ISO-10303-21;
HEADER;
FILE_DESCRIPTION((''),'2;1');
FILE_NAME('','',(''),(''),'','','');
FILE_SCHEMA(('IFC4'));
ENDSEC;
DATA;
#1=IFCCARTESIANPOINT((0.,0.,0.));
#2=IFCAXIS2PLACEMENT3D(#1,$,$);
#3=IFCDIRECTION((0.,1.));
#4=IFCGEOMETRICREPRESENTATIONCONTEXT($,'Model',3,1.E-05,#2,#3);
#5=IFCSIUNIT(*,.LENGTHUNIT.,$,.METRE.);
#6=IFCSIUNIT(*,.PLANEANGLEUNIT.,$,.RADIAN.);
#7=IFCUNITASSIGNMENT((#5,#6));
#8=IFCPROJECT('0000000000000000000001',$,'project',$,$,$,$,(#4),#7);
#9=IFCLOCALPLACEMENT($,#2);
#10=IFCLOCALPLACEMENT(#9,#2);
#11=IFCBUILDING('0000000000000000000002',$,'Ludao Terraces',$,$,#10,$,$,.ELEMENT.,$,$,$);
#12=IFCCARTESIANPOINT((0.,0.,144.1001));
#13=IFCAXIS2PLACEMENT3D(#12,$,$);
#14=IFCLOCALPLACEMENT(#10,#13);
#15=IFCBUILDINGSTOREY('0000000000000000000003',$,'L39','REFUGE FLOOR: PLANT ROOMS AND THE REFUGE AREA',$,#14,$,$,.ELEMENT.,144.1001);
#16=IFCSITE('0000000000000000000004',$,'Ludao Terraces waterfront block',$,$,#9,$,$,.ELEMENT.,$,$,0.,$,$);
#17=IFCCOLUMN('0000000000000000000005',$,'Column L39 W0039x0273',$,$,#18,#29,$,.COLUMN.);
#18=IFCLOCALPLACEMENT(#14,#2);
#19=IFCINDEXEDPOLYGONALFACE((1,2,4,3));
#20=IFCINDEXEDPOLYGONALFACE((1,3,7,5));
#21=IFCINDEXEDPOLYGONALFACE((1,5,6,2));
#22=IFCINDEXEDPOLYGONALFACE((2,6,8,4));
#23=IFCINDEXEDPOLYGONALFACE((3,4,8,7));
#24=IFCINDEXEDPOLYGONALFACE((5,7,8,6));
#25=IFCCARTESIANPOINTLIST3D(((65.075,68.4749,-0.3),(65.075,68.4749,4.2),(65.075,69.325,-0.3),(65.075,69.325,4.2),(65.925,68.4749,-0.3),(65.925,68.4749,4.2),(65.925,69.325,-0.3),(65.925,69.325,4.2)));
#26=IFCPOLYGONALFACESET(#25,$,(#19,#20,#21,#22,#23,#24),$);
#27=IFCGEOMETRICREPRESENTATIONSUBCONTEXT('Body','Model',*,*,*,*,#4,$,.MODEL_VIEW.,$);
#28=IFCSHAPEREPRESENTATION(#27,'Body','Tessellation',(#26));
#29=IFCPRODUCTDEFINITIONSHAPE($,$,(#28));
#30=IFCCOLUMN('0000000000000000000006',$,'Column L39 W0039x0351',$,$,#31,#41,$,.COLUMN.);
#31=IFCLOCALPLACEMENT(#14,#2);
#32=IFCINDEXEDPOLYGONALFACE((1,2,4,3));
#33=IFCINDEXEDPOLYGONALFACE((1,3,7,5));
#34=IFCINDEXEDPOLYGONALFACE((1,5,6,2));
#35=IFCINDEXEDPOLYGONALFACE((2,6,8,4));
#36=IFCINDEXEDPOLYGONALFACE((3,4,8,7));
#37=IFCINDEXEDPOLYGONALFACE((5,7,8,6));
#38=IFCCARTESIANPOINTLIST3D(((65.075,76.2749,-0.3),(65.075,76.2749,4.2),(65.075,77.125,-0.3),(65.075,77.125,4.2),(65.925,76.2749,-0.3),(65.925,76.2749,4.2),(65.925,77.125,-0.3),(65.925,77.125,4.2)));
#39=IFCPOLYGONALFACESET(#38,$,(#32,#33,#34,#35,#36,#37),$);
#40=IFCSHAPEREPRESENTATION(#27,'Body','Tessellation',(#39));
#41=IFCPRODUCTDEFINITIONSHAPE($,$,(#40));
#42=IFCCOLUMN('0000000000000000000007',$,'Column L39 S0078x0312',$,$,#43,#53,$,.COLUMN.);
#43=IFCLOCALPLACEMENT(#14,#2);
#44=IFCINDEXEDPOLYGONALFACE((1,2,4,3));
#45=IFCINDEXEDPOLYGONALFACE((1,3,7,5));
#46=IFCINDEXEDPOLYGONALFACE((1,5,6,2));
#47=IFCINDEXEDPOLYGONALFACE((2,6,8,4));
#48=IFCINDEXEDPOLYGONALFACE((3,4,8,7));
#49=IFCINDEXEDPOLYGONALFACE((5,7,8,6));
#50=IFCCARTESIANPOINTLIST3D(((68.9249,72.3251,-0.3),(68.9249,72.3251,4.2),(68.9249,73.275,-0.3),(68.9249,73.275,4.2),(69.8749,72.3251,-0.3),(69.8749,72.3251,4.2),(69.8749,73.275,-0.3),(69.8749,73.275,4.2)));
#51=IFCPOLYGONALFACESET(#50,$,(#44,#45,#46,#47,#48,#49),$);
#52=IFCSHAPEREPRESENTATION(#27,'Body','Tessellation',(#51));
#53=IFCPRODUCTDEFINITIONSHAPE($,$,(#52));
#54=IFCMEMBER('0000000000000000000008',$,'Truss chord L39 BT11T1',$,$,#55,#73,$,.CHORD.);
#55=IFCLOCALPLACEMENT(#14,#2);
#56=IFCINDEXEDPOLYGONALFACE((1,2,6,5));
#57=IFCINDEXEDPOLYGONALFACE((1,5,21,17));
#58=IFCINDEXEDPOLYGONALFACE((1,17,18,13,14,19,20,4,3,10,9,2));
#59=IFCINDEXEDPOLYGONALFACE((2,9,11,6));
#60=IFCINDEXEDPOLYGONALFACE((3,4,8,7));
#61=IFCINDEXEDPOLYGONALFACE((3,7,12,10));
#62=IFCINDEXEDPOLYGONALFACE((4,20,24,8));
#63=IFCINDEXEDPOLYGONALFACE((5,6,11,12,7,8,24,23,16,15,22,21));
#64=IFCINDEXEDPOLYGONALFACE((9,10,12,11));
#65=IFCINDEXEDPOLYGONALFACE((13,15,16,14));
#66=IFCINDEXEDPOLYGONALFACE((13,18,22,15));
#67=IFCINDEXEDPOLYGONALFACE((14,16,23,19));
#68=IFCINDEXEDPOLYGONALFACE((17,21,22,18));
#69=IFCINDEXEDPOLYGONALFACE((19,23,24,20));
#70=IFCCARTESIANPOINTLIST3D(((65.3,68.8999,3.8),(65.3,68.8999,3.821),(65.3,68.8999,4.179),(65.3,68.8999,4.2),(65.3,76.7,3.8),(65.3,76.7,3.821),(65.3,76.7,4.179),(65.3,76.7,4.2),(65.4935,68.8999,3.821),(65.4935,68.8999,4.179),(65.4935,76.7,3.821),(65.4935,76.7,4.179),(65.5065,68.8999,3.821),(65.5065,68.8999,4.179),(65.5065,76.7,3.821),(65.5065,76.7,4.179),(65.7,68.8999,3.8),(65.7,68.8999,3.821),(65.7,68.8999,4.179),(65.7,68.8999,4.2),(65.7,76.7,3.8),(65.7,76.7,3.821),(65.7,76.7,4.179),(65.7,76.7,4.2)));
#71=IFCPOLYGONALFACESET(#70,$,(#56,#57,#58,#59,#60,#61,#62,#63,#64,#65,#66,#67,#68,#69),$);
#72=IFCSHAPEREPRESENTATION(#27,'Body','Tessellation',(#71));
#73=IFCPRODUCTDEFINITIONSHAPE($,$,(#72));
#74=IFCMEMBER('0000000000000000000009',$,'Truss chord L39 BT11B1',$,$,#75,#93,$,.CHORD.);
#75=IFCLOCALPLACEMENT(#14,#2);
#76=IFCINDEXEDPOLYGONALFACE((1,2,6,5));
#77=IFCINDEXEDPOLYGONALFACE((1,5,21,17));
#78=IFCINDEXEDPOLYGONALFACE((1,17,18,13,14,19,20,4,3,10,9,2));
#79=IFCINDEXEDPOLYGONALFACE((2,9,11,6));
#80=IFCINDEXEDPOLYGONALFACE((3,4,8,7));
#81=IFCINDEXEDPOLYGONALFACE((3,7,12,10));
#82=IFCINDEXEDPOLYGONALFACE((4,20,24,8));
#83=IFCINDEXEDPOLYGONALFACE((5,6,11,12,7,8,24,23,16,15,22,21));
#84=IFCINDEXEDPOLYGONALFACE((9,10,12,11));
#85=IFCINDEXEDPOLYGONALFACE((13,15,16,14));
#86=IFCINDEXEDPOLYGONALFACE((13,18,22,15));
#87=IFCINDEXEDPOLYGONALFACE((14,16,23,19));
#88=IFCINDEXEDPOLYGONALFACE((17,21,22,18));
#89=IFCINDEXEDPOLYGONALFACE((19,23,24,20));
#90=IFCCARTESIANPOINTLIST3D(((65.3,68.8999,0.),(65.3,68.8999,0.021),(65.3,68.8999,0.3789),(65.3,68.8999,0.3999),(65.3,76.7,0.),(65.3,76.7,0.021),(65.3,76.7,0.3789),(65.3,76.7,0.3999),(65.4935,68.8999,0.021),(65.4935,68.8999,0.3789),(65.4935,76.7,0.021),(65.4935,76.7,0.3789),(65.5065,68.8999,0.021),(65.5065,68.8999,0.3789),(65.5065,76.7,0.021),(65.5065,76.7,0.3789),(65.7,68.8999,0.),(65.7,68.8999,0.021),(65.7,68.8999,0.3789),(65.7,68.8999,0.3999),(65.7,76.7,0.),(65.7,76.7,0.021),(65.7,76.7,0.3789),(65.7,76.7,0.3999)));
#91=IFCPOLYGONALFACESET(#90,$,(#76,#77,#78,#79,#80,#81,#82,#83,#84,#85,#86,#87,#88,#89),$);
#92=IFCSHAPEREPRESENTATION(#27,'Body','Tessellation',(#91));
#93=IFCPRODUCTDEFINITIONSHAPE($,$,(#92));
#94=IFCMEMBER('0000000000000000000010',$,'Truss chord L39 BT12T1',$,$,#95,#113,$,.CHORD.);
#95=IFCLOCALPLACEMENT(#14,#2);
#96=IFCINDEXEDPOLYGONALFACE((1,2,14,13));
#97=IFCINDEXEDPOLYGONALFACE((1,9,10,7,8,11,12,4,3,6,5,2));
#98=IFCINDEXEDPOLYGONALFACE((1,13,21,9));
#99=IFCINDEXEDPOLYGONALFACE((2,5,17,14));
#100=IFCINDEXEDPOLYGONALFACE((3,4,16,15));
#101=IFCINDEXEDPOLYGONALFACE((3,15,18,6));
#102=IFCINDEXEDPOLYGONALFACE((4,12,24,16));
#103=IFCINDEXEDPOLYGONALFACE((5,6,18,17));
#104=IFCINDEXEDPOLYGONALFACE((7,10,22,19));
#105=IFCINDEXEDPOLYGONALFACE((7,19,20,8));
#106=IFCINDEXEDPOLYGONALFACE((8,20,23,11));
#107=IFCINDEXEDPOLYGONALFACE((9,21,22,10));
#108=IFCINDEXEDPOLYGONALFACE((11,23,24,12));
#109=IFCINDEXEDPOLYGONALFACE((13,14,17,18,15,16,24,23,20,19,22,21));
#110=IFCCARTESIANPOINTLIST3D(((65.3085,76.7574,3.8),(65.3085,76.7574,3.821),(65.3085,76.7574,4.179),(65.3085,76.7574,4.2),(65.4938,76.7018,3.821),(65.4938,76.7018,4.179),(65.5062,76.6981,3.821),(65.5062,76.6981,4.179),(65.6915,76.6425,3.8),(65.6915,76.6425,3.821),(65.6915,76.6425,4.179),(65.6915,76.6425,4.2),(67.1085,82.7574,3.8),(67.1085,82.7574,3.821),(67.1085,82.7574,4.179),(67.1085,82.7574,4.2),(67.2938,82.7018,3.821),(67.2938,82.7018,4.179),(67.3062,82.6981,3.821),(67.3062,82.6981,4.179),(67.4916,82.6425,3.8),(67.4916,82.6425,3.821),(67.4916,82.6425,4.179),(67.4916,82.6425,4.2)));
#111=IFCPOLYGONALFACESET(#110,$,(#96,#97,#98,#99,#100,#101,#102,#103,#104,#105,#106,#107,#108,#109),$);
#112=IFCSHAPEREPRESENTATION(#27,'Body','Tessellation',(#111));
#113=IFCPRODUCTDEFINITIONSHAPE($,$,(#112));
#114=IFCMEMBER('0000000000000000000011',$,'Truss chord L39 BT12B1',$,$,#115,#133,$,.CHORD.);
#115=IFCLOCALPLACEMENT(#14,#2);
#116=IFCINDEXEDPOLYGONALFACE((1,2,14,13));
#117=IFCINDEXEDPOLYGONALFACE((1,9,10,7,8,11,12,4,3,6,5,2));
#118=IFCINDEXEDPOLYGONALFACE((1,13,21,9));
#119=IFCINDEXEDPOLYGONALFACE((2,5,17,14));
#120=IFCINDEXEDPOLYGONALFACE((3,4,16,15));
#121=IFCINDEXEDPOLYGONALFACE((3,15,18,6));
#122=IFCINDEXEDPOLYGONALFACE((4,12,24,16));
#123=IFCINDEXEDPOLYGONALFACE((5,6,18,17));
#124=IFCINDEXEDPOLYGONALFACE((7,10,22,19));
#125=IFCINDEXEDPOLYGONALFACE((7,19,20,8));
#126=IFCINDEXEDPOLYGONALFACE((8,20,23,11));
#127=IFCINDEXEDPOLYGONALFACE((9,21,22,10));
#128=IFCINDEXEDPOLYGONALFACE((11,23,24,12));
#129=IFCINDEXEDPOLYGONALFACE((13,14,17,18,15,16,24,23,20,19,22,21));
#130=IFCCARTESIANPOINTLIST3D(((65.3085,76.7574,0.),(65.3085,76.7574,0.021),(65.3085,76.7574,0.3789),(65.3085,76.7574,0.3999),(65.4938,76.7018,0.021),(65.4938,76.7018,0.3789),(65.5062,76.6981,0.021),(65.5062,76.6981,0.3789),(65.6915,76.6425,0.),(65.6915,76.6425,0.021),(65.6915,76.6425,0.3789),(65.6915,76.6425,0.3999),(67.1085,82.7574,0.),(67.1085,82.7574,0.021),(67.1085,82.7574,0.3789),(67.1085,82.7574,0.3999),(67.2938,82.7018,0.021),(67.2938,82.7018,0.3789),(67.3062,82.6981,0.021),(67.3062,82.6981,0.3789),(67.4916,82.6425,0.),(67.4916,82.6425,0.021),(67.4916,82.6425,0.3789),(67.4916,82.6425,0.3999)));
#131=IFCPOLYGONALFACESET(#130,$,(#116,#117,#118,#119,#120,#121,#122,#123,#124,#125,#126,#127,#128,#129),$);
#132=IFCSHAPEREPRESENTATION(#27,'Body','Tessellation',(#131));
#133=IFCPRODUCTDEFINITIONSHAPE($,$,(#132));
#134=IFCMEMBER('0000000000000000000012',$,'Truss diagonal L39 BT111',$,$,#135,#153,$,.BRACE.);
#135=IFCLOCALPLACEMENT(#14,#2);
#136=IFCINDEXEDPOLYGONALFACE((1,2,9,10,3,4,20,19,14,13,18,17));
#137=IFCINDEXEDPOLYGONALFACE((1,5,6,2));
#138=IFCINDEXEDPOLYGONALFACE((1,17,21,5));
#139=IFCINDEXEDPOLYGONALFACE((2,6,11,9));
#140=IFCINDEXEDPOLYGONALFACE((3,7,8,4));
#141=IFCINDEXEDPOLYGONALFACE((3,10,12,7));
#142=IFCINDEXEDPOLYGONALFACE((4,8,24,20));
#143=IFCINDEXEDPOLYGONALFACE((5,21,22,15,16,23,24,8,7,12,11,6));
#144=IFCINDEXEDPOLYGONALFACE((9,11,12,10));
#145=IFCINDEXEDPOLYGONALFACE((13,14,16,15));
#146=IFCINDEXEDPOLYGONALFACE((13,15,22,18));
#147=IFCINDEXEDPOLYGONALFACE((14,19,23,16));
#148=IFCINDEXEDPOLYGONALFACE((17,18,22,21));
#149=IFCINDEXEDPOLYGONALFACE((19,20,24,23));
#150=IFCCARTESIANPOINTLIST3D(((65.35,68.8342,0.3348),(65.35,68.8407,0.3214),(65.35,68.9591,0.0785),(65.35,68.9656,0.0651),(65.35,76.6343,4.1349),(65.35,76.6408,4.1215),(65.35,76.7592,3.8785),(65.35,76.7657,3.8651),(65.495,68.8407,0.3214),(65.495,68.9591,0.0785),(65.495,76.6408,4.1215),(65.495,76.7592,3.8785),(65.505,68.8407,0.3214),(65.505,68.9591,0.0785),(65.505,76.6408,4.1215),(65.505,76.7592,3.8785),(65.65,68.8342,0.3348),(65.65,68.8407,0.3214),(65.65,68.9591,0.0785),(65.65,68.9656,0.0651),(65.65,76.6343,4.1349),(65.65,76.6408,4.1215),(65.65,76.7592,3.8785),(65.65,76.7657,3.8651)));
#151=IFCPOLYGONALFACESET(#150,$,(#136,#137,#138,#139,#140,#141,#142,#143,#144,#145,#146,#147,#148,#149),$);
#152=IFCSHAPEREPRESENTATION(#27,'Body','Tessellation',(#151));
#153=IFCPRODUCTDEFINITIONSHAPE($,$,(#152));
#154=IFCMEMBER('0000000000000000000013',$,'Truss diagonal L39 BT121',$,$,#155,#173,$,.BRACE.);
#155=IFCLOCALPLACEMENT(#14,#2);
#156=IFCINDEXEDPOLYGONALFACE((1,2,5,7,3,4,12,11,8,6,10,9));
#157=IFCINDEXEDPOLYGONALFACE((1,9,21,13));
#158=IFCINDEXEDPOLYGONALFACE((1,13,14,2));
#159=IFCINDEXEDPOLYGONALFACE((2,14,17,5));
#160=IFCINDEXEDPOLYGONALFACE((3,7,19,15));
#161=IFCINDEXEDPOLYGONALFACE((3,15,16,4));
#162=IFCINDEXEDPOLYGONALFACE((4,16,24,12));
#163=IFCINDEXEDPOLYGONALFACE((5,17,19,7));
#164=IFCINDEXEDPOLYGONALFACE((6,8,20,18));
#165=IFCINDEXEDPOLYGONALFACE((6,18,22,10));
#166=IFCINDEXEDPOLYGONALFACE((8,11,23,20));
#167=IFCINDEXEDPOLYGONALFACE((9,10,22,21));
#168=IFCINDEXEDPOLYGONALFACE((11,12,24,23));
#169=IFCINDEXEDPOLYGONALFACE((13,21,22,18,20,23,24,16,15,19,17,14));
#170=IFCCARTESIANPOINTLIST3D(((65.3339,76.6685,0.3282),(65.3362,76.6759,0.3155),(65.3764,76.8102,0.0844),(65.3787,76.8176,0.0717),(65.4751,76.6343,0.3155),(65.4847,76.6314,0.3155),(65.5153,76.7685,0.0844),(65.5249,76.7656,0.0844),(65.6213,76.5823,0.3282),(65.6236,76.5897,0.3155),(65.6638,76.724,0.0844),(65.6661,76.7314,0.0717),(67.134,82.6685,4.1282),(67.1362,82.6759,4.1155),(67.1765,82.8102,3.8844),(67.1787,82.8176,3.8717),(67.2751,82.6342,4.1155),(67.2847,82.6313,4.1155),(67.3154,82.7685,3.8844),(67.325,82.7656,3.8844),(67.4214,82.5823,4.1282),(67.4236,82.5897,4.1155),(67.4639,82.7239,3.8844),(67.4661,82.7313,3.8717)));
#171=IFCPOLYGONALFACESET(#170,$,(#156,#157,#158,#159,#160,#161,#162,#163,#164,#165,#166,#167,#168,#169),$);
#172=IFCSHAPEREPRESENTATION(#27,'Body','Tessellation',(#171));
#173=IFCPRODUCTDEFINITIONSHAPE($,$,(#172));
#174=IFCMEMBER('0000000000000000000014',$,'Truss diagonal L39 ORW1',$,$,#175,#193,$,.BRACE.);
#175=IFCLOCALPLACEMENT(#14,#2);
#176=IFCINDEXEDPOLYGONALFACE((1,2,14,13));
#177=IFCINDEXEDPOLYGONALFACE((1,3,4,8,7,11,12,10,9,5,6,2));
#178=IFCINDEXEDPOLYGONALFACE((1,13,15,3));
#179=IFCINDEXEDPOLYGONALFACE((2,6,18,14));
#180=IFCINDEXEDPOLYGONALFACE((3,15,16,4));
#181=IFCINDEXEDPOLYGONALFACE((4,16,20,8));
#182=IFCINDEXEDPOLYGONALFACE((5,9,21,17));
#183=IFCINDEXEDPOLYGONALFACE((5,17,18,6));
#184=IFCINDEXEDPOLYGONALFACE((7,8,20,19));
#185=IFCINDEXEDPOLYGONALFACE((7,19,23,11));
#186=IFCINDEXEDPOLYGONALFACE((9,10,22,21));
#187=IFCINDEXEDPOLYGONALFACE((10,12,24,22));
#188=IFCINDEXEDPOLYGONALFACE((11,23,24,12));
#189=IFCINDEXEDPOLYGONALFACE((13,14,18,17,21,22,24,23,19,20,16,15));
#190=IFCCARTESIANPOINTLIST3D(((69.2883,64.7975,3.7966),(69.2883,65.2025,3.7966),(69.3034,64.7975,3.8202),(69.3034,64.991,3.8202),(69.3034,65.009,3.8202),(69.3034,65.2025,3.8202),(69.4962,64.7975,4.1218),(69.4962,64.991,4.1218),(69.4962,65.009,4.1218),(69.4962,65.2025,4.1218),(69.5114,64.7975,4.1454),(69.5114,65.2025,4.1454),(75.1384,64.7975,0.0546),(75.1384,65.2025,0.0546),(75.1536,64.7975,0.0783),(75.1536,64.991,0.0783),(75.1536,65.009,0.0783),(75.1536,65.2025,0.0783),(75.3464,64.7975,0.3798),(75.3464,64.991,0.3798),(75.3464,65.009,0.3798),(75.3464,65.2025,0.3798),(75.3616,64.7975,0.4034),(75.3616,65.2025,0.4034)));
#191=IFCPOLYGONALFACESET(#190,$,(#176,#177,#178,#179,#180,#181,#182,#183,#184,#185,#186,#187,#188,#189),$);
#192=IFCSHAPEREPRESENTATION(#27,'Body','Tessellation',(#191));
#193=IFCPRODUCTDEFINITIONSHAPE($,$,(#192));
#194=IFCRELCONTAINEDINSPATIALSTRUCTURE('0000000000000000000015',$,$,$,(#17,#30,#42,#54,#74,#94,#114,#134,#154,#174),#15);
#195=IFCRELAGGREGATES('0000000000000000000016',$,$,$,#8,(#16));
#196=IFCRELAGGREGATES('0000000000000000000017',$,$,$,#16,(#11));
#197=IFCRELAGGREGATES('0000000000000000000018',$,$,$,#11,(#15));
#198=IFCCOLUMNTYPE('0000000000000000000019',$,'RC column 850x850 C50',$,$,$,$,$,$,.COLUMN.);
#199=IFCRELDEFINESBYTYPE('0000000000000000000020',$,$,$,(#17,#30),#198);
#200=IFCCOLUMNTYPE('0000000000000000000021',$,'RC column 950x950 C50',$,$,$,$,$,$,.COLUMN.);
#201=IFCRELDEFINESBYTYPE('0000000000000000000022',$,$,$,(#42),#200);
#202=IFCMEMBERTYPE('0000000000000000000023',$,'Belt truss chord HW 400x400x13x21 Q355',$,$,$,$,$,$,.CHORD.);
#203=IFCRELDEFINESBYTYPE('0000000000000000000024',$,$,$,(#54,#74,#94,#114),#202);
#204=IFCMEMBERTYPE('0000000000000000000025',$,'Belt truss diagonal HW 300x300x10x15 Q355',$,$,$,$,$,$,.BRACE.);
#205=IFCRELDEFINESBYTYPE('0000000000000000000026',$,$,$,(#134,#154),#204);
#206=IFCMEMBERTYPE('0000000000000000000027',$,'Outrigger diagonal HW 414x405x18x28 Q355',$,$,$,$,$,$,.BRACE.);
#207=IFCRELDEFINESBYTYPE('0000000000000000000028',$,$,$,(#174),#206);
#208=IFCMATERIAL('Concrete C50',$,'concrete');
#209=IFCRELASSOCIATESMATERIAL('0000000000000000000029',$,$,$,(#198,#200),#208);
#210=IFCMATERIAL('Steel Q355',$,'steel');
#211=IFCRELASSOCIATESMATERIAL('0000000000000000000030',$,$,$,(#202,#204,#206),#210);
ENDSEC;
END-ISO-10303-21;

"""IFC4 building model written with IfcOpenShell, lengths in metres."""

from ifc_helpers import new_model, si_unit, direction, frame, origin, origin_2d, place, context, subcontext, project, spatial, rectangle, i_section, extrude, material, material_profile, profile_set, type_object, element, save


model = new_model("IFC4")

# Units and contexts
model_context = context("Model", 3, precision=1e-05, world=origin(), true_north=direction((0.0, 1.0)))
body_context = subcontext(model_context, "Body", "Model", "MODEL_VIEW")
ifc_project = project(units=[si_unit("LENGTHUNIT", "METRE"), si_unit("PLANEANGLEUNIT", "RADIAN")], contexts=[model_context])

# Site, building, storey
site_placement = place(None, origin())
site = spatial("IfcSite", under=ifc_project, at=site_placement, Name="Ludao Terraces waterfront block", CompositionType="ELEMENT", RefElevation=0.0)
building_placement = place(site_placement, origin())
building = spatial("IfcBuilding", under=site, at=building_placement, Name="Ludao Terraces", CompositionType="ELEMENT")
storey_placement = place(building_placement, frame((0.0, 0.0, 144.1001)))
storey = spatial("IfcBuildingStorey", under=building, at=storey_placement, Name="L39", Description="REFUGE FLOOR: PLANT ROOMS AND THE REFUGE AREA", CompositionType="ELEMENT", Elevation=144.1001)

# Columns
ifc_material_1 = material(Name="Concrete C50", Category="concrete")
ifc_material_profile_1 = material_profile(ifc_material_1, rectangle(XDim=0.8501, YDim=0.8501, at=origin_2d()), Name="850 X 850")
ifc_profile_set_1 = profile_set([ifc_material_profile_1], Name="Concrete C50")
column_type_1 = type_object("IfcColumnType", Name="RC column 850x850 C50", PredefinedType="COLUMN", material=ifc_profile_set_1)
for number, where, z_axis, x_axis, name in (
    (1, (65.5, 68.8999, -0.3), (0.0, 0.0, 1.0), (1.0, 0.0, 0.0), "Column L39 W0039x0273"),
    (2, (65.5, 76.7, -0.3), (0.0, 0.0, 1.0), (1.0, 0.0, 0.0), "Column L39 W0039x0351"),
):
    element("IfcColumn", number, at=place(storey_placement, frame(where, z_axis=z_axis, x_axis=x_axis)), inside=storey, type_object=column_type_1, Name=name, PredefinedType="COLUMN", context=body_context, shape_type="SweptSolid", body=[
        extrude(rectangle(XDim=0.8501, YDim=0.8501, at=origin_2d()), origin(), (0.0, 0.0, 1.0), 4.5),
    ])
ifc_material_profile_2 = material_profile(ifc_material_1, rectangle(XDim=0.95, YDim=0.95, at=origin_2d()), Name="950 X 950")
ifc_profile_set_2 = profile_set([ifc_material_profile_2], Name="Concrete C50")
column_type_2 = type_object("IfcColumnType", Name="RC column 950x950 C50", PredefinedType="COLUMN", material=ifc_profile_set_2)
column_placement = place(storey_placement, frame((69.3999, 72.8, -0.3), z_axis=(0.0, 0.0, 1.0), x_axis=(1.0, 0.0, 0.0)))
element("IfcColumn", 3, at=column_placement, inside=storey, type_object=column_type_2, Name="Column L39 S0078x0312", PredefinedType="COLUMN", context=body_context, shape_type="SweptSolid", body=[
    extrude(rectangle(XDim=0.95, YDim=0.95, at=origin_2d()), origin(), (0.0, 0.0, 1.0), 4.5),
])

# Members
ifc_material_2 = material(Name="Steel Q355", Category="steel")
ifc_material_profile_3 = material_profile(ifc_material_2, i_section(OverallWidth=0.3999, OverallDepth=0.3999, WebThickness=0.0129, FlangeThickness=0.021, at=origin_2d()), Name="HW 400X400X13X21")
ifc_profile_set_3 = profile_set([ifc_material_profile_3], Name="Steel Q355")
member_type_1 = type_object("IfcMemberType", Name="Belt truss chord HW 400x400x13x21 Q355", PredefinedType="CHORD", material=ifc_profile_set_3)
for number, where, z_axis, x_axis, name in (
    (4, (65.5, 68.8999, 4.0), (0.0, 1.0, 0.0), (-1.0, 0.0, 0.0), "Truss chord L39 BT11T1"),
    (5, (65.5, 68.8999, 0.2), (0.0, 1.0, 0.0), (-1.0, 0.0, 0.0), "Truss chord L39 BT11B1"),
):
    element("IfcMember", number, at=place(storey_placement, frame(where, z_axis=z_axis, x_axis=x_axis)), inside=storey, type_object=member_type_1, Name=name, PredefinedType="CHORD", context=body_context, shape_type="SweptSolid", body=[
        extrude(i_section(OverallWidth=0.3999, OverallDepth=0.3999, WebThickness=0.0129, FlangeThickness=0.021, at=origin_2d()), origin(), (0.0, 0.0, 1.0), 7.8),
    ])
for number, where, z_axis, x_axis, name in (
    (6, (65.5, 76.7, 4.0), (0.287355, 0.957824, 0.0), (-0.957824, 0.287355, 0.0), "Truss chord L39 BT12T1"),
    (7, (65.5, 76.7, 0.2), (0.287355, 0.957824, 0.0), (-0.957824, 0.287355, 0.0), "Truss chord L39 BT12B1"),
):
    element("IfcMember", number, at=place(storey_placement, frame(where, z_axis=z_axis, x_axis=x_axis)), inside=storey, type_object=member_type_1, Name=name, PredefinedType="CHORD", context=body_context, shape_type="SweptSolid", body=[
        extrude(i_section(OverallWidth=0.3999, OverallDepth=0.3999, WebThickness=0.0129, FlangeThickness=0.021, at=origin_2d()), origin(), (0.0, 0.0, 1.0), 6.2642),
    ])
ifc_material_profile_4 = material_profile(ifc_material_2, i_section(OverallWidth=0.3, OverallDepth=0.3, WebThickness=0.01, FlangeThickness=0.0149, at=origin_2d()), Name="HW 300X300X10X15")
ifc_profile_set_4 = profile_set([ifc_material_profile_4], Name="Steel Q355")
member_type_2 = type_object("IfcMemberType", Name="Belt truss diagonal HW 300x300x10x15 Q355", PredefinedType="BRACE", material=ifc_profile_set_4)
member_1_placement = place(storey_placement, frame((65.5, 68.8999, 0.2), z_axis=(0.0, 0.898989, 0.437972), x_axis=(-1.0, 0.0, 0.0)))
element("IfcMember", 8, at=member_1_placement, inside=storey, type_object=member_type_2, Name="Truss diagonal L39 BT111", PredefinedType="BRACE", context=body_context, shape_type="SweptSolid", body=[
    extrude(i_section(OverallWidth=0.3, OverallDepth=0.3, WebThickness=0.01, FlangeThickness=0.0149, at=origin_2d()), origin(), (0.0, 0.0, 1.0), 8.6765),
])
member_2_placement = place(storey_placement, frame((65.5, 76.7, 0.2), z_axis=(0.245683, 0.818922, 0.518658), x_axis=(-0.957824, 0.287355, 0.0)))
element("IfcMember", 9, at=member_2_placement, inside=storey, type_object=member_type_2, Name="Truss diagonal L39 BT121", PredefinedType="BRACE", context=body_context, shape_type="SweptSolid", body=[
    extrude(i_section(OverallWidth=0.3, OverallDepth=0.3, WebThickness=0.01, FlangeThickness=0.0149, at=origin_2d()), origin(), (0.0, 0.0, 1.0), 7.3267),
])
ifc_material_profile_5 = material_profile(ifc_material_2, i_section(OverallWidth=0.405, OverallDepth=0.4141, WebThickness=0.0181, FlangeThickness=0.0281, at=origin_2d()), Name="HW 414X405X18X28")
ifc_profile_set_5 = profile_set([ifc_material_profile_5], Name="Steel Q355")
member_type_3 = type_object("IfcMemberType", Name="Outrigger diagonal HW 414x405x18x28 Q355", PredefinedType="BRACE", material=ifc_profile_set_5)
member_3_placement = place(storey_placement, frame((75.25, 65.0, 0.229), z_axis=(-0.84241, 0.0, 0.538837), x_axis=(0.0, -1.0, 0.0)))
element("IfcMember", 10, at=member_3_placement, inside=storey, type_object=member_type_3, Name="Truss diagonal L39 ORW1", PredefinedType="BRACE", context=body_context, shape_type="SweptSolid", body=[
    extrude(i_section(OverallWidth=0.405, OverallDepth=0.4141, WebThickness=0.0181, FlangeThickness=0.0281, at=origin_2d()), origin(), (0.0, 0.0, 1.0), 6.9446),
])

save(model, "model.ifc")
